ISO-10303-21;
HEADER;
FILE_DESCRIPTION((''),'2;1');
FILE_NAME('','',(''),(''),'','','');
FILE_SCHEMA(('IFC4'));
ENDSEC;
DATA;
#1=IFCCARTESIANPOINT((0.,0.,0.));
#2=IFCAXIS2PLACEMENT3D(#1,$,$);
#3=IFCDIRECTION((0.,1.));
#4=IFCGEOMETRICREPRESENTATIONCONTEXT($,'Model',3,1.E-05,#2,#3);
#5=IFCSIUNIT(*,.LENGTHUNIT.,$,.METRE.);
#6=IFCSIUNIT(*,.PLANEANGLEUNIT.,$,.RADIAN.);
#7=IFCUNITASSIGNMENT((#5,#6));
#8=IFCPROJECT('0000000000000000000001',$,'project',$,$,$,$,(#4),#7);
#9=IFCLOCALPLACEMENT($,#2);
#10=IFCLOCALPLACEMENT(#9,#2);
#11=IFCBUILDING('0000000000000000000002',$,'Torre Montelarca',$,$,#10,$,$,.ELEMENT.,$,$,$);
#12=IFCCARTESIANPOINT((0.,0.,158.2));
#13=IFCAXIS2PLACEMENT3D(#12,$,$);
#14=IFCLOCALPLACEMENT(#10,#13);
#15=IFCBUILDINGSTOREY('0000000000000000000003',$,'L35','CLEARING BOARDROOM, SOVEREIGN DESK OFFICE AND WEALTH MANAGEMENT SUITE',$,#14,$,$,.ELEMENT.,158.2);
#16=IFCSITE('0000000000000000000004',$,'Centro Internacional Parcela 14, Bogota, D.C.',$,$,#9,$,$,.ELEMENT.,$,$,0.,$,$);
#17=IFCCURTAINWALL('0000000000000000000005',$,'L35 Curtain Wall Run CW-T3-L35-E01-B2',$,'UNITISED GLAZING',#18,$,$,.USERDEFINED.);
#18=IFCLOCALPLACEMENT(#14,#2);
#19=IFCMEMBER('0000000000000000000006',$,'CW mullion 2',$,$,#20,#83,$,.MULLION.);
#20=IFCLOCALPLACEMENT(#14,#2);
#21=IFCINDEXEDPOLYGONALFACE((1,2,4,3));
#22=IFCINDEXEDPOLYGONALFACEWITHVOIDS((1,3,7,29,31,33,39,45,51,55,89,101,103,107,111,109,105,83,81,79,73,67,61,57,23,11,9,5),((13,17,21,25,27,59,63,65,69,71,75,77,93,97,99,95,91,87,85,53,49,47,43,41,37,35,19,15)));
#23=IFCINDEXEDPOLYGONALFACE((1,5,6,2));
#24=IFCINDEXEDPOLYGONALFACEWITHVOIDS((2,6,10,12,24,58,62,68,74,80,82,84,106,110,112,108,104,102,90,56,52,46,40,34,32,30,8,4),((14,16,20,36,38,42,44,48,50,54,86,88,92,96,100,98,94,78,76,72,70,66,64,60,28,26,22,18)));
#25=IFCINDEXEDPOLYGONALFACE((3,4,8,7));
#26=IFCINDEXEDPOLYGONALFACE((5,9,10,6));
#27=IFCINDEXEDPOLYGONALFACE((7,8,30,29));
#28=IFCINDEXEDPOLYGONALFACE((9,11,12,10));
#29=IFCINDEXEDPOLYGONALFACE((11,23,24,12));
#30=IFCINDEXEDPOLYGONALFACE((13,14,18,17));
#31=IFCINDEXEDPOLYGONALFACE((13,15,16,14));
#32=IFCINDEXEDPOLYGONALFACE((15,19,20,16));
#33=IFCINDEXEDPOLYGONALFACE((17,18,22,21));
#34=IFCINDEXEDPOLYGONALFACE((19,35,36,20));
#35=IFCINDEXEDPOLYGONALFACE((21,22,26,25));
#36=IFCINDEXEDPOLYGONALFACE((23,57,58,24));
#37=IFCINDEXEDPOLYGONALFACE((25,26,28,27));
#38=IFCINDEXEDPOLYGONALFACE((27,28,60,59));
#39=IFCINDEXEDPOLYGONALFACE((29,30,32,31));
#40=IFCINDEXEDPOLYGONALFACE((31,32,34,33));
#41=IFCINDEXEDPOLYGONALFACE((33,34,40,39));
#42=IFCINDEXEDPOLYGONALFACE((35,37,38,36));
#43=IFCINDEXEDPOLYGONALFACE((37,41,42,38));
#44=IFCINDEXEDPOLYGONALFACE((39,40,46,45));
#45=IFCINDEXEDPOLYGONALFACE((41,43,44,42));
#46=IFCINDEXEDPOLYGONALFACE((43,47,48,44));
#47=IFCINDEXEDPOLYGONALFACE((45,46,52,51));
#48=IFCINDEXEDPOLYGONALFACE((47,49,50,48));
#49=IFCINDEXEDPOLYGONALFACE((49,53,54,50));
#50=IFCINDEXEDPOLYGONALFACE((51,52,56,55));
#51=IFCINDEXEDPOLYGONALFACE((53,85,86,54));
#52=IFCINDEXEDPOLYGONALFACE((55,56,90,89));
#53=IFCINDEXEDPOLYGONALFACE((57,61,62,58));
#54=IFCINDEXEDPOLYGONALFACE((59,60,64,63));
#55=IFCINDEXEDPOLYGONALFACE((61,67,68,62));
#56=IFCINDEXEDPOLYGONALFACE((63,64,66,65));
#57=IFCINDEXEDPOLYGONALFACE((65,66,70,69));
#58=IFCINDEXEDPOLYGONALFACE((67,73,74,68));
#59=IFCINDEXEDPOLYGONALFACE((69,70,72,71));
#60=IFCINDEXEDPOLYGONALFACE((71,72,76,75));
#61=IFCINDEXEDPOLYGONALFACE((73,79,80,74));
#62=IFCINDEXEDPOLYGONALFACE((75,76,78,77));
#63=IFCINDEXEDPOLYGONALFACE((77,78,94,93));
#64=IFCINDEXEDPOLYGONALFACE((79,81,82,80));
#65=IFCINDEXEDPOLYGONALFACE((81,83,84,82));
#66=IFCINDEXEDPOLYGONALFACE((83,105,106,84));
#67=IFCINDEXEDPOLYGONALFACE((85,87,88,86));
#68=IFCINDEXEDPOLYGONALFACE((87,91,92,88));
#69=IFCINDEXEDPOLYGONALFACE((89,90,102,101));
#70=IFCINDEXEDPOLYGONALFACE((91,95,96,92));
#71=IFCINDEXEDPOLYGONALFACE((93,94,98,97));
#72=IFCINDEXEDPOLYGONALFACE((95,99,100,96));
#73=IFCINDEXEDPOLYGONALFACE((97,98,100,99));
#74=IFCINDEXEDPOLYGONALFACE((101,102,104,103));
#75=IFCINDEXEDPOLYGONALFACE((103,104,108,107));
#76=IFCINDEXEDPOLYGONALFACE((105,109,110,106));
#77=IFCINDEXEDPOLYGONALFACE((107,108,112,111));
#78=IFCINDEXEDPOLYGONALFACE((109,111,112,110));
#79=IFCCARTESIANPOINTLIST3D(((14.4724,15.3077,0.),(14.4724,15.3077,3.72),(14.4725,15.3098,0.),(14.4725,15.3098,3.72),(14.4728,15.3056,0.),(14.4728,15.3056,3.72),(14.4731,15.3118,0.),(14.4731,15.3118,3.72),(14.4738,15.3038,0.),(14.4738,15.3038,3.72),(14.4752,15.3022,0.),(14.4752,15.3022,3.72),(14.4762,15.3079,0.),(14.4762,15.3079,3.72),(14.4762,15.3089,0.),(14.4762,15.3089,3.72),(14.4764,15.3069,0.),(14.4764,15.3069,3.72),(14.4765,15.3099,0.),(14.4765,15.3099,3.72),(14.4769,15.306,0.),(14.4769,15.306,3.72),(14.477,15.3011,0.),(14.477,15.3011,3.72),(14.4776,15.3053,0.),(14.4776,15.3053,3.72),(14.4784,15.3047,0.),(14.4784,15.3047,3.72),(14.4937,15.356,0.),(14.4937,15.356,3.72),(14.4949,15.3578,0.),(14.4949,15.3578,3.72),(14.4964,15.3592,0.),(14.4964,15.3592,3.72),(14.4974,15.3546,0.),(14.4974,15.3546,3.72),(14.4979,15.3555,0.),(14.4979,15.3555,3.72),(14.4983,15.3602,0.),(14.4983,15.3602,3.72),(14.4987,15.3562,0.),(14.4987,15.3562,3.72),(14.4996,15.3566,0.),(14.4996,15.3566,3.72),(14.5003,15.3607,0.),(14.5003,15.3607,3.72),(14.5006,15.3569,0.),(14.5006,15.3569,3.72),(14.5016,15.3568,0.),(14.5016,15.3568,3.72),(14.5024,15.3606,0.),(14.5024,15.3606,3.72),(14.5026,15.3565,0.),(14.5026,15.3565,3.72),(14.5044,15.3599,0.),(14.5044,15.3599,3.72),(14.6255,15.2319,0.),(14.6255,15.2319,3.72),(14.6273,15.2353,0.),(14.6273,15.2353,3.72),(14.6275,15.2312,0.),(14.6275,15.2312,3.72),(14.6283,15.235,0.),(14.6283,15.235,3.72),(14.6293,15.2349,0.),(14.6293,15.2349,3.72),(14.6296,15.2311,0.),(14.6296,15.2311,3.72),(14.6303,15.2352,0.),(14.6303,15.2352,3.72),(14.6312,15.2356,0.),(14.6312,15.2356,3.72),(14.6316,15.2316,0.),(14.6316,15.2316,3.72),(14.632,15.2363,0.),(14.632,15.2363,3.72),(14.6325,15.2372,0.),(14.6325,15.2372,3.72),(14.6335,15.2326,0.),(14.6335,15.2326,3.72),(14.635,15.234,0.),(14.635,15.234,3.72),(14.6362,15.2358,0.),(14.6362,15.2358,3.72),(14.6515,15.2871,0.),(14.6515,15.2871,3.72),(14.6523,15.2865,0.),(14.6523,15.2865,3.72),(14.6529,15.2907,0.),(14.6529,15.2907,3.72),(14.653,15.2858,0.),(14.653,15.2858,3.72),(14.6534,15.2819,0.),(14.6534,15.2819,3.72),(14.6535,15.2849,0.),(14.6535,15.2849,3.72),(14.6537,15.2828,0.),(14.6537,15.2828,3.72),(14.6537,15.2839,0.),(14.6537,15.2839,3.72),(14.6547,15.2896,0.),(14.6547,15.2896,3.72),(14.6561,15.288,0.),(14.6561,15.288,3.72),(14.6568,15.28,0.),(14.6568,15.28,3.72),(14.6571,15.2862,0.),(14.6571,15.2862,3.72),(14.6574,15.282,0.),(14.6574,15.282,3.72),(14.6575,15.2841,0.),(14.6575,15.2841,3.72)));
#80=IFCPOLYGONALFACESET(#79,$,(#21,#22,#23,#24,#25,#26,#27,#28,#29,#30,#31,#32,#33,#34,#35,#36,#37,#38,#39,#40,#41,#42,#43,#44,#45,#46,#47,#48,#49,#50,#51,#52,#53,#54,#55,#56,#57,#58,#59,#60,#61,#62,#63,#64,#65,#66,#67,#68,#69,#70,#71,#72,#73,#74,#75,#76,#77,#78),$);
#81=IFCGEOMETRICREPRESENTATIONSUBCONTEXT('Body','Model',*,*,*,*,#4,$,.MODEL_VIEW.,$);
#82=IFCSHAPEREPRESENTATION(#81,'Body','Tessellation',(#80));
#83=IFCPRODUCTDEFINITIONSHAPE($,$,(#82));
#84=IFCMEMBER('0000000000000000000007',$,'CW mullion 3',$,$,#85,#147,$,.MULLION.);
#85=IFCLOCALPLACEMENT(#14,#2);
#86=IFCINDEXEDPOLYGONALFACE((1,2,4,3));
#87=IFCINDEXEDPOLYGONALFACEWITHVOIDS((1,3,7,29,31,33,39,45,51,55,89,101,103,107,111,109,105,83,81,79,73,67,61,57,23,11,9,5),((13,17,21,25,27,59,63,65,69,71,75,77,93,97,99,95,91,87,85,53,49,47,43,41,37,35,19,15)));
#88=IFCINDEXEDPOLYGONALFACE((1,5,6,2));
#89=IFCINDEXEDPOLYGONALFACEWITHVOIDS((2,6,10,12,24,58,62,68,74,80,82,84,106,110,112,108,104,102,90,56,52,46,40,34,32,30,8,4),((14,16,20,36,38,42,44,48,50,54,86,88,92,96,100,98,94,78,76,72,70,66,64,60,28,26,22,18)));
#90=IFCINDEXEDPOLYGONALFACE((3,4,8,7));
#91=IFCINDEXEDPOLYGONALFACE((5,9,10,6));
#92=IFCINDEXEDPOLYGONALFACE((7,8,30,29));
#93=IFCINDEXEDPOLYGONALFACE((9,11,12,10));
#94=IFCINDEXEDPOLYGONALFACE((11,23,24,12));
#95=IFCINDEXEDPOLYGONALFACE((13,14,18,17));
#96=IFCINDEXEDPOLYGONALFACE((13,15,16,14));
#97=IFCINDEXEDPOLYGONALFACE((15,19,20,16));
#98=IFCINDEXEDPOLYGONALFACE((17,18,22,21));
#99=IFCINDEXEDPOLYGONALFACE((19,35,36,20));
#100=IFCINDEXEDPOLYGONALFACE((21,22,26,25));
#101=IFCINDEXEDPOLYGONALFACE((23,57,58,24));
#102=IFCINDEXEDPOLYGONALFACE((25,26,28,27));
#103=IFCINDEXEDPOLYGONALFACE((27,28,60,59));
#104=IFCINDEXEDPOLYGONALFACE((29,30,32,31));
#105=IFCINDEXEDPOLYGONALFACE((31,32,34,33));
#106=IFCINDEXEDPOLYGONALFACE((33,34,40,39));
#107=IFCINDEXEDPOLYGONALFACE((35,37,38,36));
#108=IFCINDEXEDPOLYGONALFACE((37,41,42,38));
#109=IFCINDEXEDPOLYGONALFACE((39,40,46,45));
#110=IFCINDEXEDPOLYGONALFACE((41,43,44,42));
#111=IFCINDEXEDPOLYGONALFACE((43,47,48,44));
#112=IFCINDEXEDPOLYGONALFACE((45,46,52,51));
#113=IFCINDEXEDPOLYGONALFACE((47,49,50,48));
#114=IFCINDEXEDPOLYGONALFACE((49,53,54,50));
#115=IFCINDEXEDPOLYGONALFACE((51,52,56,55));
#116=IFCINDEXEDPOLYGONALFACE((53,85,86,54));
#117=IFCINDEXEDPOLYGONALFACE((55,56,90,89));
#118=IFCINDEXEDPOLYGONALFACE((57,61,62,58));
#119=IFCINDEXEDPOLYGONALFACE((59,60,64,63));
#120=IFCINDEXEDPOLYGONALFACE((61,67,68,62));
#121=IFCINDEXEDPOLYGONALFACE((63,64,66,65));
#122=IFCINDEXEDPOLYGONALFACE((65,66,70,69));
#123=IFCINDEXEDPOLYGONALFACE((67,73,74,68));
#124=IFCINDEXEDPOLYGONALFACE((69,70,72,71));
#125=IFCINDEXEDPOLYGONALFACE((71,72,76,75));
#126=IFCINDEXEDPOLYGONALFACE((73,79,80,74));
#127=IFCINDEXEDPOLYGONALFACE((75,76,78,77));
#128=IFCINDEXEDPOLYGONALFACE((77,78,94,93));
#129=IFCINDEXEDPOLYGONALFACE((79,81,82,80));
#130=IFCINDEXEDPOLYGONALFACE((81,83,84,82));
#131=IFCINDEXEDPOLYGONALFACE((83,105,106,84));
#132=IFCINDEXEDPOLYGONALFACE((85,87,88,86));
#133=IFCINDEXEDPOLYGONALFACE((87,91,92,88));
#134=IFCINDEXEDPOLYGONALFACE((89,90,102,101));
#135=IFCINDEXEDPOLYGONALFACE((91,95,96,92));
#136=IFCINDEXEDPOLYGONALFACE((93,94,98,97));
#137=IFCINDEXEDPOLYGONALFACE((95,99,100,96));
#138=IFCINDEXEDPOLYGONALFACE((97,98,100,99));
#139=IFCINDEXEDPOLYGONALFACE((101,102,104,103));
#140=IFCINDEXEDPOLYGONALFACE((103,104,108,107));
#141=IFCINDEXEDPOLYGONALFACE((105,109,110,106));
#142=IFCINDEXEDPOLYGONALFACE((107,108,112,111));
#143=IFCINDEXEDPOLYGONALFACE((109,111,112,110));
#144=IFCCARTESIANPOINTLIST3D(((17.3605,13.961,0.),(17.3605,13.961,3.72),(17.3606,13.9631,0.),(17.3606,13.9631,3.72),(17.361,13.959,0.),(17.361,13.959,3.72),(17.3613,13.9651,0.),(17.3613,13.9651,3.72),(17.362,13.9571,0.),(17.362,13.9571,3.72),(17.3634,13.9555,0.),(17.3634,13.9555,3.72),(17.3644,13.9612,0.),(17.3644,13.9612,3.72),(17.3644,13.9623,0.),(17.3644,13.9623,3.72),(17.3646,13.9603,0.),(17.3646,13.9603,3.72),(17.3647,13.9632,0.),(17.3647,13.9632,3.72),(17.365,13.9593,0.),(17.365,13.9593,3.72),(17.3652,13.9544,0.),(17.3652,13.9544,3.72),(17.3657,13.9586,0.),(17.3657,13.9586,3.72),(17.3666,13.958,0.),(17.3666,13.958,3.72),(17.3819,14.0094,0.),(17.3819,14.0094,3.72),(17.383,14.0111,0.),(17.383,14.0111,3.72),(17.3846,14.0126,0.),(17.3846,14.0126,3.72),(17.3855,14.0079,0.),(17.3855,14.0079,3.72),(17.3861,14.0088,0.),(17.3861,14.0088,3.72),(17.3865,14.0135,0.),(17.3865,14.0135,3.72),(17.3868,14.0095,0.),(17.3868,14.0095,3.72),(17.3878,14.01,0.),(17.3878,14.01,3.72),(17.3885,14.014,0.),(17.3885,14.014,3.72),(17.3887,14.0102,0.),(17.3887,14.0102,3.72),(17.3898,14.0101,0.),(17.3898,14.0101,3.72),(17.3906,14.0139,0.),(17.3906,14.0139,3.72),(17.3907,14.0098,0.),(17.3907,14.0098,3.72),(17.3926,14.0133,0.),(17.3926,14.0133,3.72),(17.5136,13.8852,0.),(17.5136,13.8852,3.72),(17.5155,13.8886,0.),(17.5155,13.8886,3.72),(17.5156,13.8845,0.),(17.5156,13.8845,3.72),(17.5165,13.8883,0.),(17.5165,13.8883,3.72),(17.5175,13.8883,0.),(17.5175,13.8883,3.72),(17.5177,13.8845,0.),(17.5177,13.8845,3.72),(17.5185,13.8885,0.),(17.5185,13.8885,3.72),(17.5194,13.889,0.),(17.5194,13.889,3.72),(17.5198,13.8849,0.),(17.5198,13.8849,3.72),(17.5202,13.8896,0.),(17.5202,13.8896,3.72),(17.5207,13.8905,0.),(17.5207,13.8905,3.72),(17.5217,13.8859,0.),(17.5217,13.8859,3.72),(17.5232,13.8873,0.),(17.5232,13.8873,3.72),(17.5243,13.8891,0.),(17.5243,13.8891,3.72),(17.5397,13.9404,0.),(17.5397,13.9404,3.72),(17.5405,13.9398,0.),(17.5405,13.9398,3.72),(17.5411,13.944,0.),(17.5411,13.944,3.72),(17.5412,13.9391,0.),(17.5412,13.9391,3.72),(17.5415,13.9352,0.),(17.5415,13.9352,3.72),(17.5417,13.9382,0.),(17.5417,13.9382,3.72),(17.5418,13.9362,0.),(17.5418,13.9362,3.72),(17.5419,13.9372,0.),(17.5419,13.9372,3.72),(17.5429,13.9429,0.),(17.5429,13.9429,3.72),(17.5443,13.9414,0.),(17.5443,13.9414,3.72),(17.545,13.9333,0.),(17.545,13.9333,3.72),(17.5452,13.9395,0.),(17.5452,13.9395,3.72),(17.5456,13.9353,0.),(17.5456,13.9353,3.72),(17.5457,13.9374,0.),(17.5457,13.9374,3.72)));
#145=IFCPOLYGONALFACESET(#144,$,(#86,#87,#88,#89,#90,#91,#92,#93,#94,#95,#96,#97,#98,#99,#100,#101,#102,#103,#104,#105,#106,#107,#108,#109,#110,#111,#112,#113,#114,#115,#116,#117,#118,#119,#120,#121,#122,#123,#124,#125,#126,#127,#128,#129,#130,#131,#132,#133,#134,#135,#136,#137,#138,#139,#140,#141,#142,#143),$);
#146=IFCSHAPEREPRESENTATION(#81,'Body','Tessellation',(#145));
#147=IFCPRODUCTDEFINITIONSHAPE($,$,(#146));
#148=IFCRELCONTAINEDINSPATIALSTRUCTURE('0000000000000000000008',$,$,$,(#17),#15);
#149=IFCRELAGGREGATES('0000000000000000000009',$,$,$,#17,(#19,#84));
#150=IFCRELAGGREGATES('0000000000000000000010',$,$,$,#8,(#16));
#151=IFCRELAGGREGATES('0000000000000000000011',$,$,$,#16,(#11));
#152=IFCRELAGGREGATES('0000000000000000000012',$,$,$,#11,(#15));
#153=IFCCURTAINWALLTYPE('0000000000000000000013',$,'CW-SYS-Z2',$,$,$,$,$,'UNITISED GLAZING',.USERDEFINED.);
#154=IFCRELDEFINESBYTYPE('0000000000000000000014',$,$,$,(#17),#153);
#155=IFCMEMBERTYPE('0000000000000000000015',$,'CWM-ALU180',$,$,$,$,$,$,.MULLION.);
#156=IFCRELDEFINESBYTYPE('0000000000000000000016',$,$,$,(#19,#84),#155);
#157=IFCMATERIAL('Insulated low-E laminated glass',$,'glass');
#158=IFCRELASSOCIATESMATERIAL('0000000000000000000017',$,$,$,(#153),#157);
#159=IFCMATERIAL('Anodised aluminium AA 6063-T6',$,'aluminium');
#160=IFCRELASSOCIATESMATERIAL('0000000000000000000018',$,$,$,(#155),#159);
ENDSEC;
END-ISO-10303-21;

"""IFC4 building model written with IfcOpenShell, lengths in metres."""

from ifc_helpers import new_model, si_unit, direction, frame, origin, origin_2d, place, context, subcontext, project, spatial, hollow_rectangle, extrude, source, transform, mapped, material, material_profile, profile_set, type_object, element, aggregate, save


model = new_model("IFC4")

# Units and contexts
model_context = context("Model", 3, precision=1e-05, world=origin(), true_north=direction((0.0, 1.0)))
body_context = subcontext(model_context, "Body", "Model", "MODEL_VIEW")
ifc_project = project(units=[si_unit("LENGTHUNIT", "METRE"), si_unit("PLANEANGLEUNIT", "RADIAN")], contexts=[model_context])

# Site, building, storey
site_placement = place(None, origin())
site = spatial("IfcSite", under=ifc_project, at=site_placement, Name="Centro Internacional Parcela 14, Bogota, D.C.", CompositionType="ELEMENT", RefElevation=0.0)
building_placement = place(site_placement, origin())
building = spatial("IfcBuilding", under=site, at=building_placement, Name="Torre Montelarca", CompositionType="ELEMENT")
storey_placement = place(building_placement, frame((0.0, 0.0, 158.2)))
storey = spatial("IfcBuildingStorey", under=building, at=storey_placement, Name="L35", Description="CLEARING BOARDROOM, SOVEREIGN DESK OFFICE AND WEALTH MANAGEMENT SUITE", CompositionType="ELEMENT", Elevation=158.2)

# Shared definitions
ifc_material_1 = material(Name="Insulated low-E laminated glass", Category="glass")
curtain_wall_type = type_object("IfcCurtainWallType", Name="CW-SYS-Z2", ElementType="UNITISED GLAZING", PredefinedType="USERDEFINED", material=ifc_material_1)
ifc_material_2 = material(Name="Anodised aluminium AA 6063-T6", Category="aluminium")
ifc_material_profile_1 = material_profile(ifc_material_2, hollow_rectangle(XDim=0.0649, YDim=0.1799, WallThickness=0.0039, InnerFilletRadius=0.0039, OuterFilletRadius=0.0081, at=origin_2d()), Name="ALU65X180X4", Category="aluminium")
ifc_profile_set_1 = profile_set([ifc_material_profile_1], Name="Anodised aluminium AA 6063-T6")
member_type_1 = type_object("IfcMemberType", Name="CWM-ALU180", PredefinedType="MULLION", material=ifc_profile_set_1)
shared_shape_1 = source(origin(), body_context, "Body", "SweptSolid", [
    extrude(hollow_rectangle(XDim=0.0649, YDim=0.1799, WallThickness=0.0039, InnerFilletRadius=0.0039, OuterFilletRadius=0.0081, at=origin_2d()), origin(), (0.0, 0.0, 1.0), 3.72),
])

# Curtain wall, members
curtain_wall_1_placement = place(storey_placement, origin())
curtain_wall_1 = element("IfcCurtainWall", 1, at=curtain_wall_1_placement, inside=storey, type_object=curtain_wall_type, Name="L35 Curtain Wall Run CW-T3-L35-E01-B2", ObjectType="UNITISED GLAZING", PredefinedType="USERDEFINED")
member_1_placement = place(storey_placement, frame((14.5649, 15.2959, 0.0), z_axis=(0.0, 0.0, 1.0), x_axis=(0.422606, 0.906314, 0.0)))
member_1 = element("IfcMember", 2, at=member_1_placement, type_object=member_type_1, Name="CW mullion 2", PredefinedType="MULLION", context=body_context, shape_type="MappedRepresentation", body=[
    mapped(shared_shape_1, transform((0.0, 0.0, 0.0), scale=1.0)),
])
member_2_placement = place(storey_placement, frame((17.4531, 13.9492, 0.0), z_axis=(0.0, 0.0, 1.0), x_axis=(0.422606, 0.906314, 0.0)))
member_2 = element("IfcMember", 3, at=member_2_placement, type_object=member_type_1, Name="CW mullion 3", PredefinedType="MULLION", context=body_context, shape_type="MappedRepresentation", body=[
    mapped(shared_shape_1, transform((0.0, 0.0, 0.0), scale=1.0)),
])

aggregate(curtain_wall_1, [member_1, member_2])

save(model, "model.ifc")
